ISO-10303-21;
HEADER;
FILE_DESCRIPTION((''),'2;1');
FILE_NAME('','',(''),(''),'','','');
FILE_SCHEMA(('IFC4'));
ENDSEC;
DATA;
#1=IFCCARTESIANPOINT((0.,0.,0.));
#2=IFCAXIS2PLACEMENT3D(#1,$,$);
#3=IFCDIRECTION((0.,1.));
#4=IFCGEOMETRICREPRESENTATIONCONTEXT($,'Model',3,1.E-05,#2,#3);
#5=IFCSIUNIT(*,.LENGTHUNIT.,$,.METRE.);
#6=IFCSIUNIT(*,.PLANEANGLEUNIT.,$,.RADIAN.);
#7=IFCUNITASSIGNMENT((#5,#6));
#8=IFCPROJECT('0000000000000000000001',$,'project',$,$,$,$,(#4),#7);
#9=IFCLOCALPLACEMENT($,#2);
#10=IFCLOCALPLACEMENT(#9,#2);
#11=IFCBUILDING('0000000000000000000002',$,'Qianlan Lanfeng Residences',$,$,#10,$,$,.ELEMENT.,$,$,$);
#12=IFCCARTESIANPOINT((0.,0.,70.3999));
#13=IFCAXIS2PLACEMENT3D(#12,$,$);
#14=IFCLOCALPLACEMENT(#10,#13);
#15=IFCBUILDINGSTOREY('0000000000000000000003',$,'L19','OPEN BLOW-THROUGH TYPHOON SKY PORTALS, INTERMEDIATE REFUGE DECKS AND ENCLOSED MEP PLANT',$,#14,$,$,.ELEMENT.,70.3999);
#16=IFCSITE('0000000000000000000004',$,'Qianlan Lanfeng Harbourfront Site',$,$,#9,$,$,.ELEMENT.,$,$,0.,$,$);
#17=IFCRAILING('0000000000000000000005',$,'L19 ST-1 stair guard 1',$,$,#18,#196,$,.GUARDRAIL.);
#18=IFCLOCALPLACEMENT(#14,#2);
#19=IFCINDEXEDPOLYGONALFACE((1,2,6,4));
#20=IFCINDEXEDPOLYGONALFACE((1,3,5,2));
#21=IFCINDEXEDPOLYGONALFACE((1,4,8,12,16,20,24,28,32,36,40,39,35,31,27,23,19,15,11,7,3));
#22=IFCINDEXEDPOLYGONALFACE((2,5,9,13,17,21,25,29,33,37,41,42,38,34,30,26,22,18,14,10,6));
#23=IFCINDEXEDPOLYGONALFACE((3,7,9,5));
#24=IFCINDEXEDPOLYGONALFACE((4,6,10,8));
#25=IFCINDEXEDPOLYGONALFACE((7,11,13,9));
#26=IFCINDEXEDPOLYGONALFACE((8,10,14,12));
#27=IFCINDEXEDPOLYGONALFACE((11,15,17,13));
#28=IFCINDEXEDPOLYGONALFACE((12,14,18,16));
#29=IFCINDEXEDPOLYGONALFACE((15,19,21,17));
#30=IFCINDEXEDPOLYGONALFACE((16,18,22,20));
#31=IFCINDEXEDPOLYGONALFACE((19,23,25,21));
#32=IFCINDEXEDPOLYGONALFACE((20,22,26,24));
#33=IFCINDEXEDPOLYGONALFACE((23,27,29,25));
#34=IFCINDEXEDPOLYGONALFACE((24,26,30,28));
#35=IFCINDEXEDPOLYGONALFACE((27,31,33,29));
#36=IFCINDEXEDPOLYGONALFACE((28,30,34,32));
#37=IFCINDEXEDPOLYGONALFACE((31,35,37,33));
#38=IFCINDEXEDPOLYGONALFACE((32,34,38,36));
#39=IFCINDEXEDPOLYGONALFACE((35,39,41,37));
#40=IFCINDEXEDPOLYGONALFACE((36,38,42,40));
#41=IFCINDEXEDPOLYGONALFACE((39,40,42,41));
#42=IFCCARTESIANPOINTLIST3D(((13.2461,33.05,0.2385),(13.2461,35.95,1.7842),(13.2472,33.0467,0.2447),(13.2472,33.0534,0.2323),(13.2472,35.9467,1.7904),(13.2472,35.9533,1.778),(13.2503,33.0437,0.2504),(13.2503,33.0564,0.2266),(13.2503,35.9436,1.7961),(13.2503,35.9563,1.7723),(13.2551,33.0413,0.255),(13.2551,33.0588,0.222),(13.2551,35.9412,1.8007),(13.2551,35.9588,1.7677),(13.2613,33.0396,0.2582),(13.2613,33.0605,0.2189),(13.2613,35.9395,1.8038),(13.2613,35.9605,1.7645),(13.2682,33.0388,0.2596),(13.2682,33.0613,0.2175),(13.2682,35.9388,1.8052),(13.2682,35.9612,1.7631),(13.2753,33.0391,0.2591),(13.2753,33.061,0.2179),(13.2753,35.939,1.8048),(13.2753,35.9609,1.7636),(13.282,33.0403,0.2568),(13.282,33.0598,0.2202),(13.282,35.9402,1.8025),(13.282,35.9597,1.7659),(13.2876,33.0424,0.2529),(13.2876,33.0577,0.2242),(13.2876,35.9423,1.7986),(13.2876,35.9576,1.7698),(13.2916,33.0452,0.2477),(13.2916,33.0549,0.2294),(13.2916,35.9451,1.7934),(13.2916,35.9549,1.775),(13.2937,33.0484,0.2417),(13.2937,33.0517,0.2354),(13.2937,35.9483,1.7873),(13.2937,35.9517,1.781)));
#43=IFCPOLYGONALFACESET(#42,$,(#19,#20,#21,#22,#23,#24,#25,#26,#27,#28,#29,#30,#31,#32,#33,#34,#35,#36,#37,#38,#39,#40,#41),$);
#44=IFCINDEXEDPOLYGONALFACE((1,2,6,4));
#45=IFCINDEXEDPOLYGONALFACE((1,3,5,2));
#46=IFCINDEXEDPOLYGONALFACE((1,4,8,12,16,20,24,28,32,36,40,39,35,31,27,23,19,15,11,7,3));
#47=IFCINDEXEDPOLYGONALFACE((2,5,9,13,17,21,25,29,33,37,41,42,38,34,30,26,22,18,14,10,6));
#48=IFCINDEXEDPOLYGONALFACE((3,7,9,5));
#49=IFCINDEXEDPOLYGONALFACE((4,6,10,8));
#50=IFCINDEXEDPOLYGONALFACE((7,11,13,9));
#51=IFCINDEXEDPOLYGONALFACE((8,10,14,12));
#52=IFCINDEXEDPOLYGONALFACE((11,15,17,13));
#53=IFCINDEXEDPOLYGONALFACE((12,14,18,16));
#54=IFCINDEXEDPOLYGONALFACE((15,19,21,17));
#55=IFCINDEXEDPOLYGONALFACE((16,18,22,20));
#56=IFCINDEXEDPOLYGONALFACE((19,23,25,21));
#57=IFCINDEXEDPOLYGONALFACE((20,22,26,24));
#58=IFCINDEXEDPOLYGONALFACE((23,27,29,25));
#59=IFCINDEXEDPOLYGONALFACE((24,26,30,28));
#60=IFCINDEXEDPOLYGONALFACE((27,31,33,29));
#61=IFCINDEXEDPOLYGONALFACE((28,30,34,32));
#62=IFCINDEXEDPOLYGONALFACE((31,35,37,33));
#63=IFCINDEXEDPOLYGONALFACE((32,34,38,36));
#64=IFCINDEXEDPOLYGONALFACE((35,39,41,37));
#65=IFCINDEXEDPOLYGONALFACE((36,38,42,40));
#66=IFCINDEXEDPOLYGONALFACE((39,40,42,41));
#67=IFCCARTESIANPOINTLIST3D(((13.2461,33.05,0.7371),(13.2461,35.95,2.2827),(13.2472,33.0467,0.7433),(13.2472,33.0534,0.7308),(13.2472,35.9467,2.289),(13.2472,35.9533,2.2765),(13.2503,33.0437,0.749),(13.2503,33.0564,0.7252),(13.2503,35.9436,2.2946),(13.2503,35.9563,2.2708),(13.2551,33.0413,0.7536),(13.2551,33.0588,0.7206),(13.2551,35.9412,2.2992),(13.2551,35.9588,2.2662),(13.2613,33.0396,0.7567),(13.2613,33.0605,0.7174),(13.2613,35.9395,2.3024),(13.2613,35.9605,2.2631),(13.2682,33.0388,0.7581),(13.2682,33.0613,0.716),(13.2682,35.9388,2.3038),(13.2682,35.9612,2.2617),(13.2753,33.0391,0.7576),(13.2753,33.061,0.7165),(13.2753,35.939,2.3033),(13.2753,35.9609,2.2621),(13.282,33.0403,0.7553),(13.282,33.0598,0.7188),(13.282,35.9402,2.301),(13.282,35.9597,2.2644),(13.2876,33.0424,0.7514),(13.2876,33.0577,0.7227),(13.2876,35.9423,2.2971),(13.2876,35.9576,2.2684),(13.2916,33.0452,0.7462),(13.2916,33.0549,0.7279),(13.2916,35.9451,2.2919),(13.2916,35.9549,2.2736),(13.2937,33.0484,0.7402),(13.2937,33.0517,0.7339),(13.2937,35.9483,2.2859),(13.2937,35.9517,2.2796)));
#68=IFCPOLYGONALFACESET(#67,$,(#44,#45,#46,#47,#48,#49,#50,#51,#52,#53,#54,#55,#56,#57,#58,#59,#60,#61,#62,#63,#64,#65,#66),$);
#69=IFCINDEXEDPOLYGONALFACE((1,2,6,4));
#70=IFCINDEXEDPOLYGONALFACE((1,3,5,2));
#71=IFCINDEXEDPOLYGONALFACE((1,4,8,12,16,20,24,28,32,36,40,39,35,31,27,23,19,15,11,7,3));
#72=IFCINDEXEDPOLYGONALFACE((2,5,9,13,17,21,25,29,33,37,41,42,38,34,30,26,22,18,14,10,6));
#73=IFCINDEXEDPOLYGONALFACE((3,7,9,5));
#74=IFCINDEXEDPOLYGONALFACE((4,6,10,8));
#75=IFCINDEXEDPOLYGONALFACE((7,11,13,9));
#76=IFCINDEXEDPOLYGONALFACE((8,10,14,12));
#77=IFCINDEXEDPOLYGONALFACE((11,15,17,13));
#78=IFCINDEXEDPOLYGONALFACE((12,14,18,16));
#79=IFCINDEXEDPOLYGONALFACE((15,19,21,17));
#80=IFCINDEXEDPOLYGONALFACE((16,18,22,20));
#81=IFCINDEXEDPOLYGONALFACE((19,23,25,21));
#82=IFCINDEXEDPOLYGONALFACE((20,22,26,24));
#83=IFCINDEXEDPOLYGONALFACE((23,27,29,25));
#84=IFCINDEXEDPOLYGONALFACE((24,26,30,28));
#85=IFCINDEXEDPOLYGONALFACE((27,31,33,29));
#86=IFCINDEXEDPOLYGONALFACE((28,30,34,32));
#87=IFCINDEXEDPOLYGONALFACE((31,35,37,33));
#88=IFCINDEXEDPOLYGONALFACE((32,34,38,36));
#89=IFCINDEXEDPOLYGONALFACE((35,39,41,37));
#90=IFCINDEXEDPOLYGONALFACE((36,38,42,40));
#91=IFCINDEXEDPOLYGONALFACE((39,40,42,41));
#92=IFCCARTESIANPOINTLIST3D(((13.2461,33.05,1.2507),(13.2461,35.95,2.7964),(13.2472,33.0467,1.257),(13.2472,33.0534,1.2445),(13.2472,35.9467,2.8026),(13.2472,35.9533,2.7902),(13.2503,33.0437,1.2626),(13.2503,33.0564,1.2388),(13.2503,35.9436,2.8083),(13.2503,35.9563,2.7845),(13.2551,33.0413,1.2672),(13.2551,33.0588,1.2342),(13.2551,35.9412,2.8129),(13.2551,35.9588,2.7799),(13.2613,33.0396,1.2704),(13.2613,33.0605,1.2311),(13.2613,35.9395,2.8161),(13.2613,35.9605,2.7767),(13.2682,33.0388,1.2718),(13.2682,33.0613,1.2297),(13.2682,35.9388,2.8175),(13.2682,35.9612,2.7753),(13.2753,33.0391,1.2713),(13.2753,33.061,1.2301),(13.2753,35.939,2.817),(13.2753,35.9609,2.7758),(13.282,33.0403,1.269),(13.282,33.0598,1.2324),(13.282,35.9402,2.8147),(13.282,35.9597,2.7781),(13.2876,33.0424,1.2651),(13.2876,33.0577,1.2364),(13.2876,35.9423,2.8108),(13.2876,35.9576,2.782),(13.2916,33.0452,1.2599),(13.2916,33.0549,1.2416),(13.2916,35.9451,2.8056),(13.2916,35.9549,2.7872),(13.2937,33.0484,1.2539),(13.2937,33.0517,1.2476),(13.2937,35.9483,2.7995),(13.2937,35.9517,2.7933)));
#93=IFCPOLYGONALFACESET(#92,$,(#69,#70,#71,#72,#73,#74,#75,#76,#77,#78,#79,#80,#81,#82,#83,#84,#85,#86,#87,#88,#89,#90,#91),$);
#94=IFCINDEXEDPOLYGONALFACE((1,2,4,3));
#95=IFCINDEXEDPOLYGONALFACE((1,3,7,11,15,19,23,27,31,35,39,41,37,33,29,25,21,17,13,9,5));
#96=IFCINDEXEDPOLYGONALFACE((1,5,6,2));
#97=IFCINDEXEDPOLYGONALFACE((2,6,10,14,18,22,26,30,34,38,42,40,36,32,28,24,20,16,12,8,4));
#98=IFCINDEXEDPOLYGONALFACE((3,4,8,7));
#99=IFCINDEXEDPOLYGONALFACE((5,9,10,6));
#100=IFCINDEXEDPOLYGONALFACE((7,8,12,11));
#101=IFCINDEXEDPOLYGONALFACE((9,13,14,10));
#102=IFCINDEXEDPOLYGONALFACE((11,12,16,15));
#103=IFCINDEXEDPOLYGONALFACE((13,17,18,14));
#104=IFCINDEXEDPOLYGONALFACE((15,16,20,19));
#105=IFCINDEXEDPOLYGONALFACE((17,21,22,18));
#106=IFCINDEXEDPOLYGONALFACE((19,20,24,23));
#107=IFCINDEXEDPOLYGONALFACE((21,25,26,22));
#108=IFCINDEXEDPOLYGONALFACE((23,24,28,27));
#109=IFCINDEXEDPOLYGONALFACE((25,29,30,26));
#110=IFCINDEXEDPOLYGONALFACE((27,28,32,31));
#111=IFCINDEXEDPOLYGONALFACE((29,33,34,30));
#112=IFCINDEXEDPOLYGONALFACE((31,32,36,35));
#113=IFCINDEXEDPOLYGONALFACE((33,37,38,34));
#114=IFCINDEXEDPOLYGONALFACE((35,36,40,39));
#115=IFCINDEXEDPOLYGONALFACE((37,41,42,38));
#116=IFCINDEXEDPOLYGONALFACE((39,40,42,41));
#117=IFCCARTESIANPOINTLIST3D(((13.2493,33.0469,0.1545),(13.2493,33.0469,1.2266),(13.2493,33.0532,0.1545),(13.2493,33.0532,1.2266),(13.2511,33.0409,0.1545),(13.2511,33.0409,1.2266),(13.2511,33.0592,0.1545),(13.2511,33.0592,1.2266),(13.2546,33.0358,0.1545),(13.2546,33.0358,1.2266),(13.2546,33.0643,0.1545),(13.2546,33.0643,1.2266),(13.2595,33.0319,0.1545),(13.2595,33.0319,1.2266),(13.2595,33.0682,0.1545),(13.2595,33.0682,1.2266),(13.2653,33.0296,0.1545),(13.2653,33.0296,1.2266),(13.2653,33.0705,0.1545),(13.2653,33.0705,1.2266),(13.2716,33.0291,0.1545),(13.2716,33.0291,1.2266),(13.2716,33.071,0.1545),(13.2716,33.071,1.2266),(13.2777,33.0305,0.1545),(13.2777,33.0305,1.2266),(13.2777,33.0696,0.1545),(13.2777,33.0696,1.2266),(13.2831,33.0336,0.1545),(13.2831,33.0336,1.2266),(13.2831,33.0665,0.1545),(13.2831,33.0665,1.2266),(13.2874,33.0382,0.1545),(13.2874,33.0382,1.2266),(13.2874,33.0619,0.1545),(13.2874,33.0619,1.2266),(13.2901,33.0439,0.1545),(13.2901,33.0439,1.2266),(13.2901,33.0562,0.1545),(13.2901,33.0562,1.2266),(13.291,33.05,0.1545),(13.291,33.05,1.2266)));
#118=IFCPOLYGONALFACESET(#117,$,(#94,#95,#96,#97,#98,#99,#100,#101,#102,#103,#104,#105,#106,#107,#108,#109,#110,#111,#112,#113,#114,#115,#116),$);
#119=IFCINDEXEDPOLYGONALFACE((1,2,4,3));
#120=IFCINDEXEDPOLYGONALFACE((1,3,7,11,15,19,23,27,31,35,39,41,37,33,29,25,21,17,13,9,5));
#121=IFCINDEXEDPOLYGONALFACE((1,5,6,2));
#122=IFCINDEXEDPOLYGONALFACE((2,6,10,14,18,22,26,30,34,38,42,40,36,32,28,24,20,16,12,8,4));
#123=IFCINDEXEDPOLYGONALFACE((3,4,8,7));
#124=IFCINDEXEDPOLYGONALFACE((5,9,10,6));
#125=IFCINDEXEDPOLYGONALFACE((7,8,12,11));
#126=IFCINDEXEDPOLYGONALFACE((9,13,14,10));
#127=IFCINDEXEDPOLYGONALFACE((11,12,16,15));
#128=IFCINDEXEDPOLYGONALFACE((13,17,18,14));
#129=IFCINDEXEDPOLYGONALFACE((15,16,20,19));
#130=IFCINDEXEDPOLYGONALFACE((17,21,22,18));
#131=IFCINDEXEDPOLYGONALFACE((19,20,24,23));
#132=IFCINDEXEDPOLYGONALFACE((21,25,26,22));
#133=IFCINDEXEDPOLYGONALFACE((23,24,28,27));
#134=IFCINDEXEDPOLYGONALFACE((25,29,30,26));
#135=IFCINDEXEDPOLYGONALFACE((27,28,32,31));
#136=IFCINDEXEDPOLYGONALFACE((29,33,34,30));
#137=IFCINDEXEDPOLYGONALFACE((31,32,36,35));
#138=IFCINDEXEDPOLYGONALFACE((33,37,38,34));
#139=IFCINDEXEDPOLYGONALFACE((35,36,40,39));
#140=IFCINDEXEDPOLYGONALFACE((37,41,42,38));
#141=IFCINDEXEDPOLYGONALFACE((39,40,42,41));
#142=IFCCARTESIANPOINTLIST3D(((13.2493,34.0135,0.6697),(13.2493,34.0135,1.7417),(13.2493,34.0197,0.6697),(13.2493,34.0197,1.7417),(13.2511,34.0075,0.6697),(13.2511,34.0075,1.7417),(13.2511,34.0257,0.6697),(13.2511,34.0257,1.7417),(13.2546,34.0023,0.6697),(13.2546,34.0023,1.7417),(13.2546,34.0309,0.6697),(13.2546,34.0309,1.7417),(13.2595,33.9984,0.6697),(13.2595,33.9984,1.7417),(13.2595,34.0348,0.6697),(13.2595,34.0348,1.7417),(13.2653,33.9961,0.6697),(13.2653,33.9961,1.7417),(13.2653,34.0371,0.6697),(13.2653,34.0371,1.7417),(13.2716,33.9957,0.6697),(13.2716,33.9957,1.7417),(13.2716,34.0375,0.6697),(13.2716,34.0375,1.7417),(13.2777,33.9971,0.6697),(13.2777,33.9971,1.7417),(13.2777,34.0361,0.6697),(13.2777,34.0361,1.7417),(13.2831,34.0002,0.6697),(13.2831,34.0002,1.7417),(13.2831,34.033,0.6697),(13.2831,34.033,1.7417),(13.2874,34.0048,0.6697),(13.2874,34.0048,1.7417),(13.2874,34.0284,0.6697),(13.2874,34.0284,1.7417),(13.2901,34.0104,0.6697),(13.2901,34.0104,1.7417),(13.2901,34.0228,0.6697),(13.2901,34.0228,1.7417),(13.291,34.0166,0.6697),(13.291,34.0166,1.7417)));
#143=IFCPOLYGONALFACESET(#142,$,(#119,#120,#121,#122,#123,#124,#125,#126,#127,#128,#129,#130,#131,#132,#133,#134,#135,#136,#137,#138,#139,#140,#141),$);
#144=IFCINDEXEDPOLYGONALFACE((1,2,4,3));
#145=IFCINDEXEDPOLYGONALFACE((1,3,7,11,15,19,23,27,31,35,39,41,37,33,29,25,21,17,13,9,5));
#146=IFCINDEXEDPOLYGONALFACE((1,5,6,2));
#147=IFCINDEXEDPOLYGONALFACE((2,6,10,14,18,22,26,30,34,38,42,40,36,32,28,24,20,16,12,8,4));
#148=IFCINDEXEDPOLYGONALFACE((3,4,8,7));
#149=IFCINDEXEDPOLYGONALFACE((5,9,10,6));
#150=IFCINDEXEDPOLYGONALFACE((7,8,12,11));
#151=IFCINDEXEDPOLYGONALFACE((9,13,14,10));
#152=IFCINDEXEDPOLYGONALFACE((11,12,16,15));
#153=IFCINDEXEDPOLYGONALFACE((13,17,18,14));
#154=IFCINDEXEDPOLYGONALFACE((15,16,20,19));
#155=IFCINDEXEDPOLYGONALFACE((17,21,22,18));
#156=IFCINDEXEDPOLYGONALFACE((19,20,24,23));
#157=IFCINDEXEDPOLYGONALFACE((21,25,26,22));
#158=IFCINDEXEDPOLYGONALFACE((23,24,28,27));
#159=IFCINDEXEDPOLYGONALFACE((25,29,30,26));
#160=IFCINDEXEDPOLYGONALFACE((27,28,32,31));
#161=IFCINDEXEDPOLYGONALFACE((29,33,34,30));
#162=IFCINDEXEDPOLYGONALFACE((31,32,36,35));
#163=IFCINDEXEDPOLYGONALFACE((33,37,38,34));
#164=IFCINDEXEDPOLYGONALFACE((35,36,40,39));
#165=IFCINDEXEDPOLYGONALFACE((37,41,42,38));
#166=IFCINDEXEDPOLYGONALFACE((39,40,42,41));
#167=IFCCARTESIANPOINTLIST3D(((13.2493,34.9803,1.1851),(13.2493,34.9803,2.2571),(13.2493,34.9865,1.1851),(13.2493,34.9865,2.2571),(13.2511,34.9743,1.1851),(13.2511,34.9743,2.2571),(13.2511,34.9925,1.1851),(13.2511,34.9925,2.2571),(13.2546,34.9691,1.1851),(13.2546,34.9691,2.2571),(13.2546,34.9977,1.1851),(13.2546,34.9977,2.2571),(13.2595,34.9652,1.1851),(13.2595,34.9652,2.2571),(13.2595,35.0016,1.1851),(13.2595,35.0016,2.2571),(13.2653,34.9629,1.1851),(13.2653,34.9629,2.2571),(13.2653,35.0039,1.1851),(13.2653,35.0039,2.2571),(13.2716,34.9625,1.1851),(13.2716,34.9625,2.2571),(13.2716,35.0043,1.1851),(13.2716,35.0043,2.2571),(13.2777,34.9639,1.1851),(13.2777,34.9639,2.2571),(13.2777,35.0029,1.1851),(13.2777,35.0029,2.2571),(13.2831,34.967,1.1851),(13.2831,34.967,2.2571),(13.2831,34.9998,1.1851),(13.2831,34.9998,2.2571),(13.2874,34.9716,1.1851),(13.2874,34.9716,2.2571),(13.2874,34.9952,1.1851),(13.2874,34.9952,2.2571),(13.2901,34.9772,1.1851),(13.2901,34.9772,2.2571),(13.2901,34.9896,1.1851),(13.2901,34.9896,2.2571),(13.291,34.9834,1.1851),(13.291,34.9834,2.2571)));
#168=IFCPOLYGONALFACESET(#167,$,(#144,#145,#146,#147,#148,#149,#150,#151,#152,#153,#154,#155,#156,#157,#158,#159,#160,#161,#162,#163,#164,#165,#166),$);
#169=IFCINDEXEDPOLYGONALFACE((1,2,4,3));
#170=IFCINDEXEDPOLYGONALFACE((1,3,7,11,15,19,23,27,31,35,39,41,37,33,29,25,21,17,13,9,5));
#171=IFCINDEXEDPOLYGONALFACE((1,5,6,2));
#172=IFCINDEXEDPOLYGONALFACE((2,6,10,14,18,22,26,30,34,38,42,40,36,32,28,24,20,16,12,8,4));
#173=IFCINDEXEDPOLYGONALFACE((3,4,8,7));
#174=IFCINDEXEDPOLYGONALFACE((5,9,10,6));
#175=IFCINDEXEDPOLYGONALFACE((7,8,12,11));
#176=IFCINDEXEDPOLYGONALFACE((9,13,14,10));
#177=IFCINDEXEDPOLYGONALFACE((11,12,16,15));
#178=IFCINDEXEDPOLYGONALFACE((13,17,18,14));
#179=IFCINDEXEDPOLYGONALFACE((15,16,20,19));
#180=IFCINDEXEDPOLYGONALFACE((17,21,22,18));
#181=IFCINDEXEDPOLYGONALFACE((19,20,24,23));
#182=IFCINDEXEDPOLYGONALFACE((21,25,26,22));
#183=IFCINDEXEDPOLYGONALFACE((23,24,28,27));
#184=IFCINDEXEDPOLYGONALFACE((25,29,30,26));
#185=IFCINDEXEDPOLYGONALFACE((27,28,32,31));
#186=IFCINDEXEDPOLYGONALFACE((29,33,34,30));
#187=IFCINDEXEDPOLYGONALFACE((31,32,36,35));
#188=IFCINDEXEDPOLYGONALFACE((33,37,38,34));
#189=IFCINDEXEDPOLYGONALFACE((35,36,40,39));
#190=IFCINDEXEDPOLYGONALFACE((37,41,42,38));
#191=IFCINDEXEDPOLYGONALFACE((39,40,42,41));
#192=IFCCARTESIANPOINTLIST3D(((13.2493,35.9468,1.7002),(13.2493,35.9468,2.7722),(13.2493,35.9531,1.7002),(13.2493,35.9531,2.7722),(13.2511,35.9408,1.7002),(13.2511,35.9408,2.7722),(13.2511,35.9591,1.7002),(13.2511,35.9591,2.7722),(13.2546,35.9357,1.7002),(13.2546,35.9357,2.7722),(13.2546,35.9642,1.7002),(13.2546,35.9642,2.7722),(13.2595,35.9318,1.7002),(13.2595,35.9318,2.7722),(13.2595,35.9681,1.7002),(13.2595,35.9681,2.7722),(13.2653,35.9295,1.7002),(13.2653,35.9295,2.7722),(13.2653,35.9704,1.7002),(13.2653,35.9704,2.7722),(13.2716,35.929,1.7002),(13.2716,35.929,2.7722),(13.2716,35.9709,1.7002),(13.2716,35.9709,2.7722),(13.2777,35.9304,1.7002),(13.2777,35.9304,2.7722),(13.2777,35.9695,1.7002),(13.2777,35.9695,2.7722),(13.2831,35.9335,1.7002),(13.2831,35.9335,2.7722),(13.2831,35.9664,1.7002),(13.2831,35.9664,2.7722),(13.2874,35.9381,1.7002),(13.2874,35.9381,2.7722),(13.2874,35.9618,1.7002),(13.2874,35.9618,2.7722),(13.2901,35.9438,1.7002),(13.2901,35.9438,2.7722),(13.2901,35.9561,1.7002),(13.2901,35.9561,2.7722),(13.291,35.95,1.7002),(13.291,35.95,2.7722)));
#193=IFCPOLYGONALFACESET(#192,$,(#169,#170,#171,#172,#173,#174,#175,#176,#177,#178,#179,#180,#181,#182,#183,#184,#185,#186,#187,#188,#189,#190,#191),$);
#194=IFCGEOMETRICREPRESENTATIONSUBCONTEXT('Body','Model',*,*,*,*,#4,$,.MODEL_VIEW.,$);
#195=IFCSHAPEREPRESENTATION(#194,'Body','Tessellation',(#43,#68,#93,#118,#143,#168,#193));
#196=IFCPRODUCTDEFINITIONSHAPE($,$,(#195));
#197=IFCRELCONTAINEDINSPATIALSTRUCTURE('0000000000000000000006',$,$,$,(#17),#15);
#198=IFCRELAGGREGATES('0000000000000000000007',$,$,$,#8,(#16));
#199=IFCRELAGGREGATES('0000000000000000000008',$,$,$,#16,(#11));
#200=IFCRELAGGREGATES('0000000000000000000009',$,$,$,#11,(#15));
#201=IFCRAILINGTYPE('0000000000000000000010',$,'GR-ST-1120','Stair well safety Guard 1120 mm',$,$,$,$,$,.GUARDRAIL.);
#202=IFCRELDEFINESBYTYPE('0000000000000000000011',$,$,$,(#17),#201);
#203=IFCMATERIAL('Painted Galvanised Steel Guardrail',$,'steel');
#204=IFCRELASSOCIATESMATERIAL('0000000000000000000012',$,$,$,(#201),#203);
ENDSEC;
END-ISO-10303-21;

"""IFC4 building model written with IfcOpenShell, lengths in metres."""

from ifc_helpers import new_model, si_unit, direction, frame, origin, origin_2d, place, context, subcontext, project, spatial, circle, extrude, material, type_object, element, save


model = new_model("IFC4")

# Units and contexts
model_context = context("Model", 3, precision=1e-05, world=origin(), true_north=direction((0.0, 1.0)))
body_context = subcontext(model_context, "Body", "Model", "MODEL_VIEW")
ifc_project = project(units=[si_unit("LENGTHUNIT", "METRE"), si_unit("PLANEANGLEUNIT", "RADIAN")], contexts=[model_context])

# Site, building, storey
site_placement = place(None, origin())
site = spatial("IfcSite", under=ifc_project, at=site_placement, Name="Qianlan Lanfeng Harbourfront Site", CompositionType="ELEMENT", RefElevation=0.0)
building_placement = place(site_placement, origin())
building = spatial("IfcBuilding", under=site, at=building_placement, Name="Qianlan Lanfeng Residences", CompositionType="ELEMENT")
storey_placement = place(building_placement, frame((0.0, 0.0, 70.3999)))
storey = spatial("IfcBuildingStorey", under=building, at=storey_placement, Name="L19", Description="OPEN BLOW-THROUGH TYPHOON SKY PORTALS, INTERMEDIATE REFUGE DECKS AND ENCLOSED MEP PLANT", CompositionType="ELEMENT", Elevation=70.3999)

# Railing
ifc_material_1 = material(Name="Painted Galvanised Steel Guardrail", Category="steel")
railing_type_1 = type_object("IfcRailingType", Name="GR-ST-1120", Description="Stair well safety Guard 1120 mm", PredefinedType="GUARDRAIL", material=ifc_material_1)
railing_1_placement = place(storey_placement, frame((13.27, 33.05, 0.1545)))
element("IfcRailing", 1, at=railing_1_placement, inside=storey, type_object=railing_type_1, Name="L19 ST-1 stair guard 1", PredefinedType="GUARDRAIL", context=body_context, shape_type="SweptSolid", body=[
    extrude(circle(Radius=0.0239, at=origin_2d()), frame((0.0, 0.0, 0.084), z_axis=(0.0, 0.882474, 0.470361), x_axis=(-1.0, 0.0, 0.0)), (0.0, 0.0, 1.0), 3.2861),
    extrude(circle(Radius=0.0239, at=origin_2d()), frame((0.0, 0.0, 0.5825), z_axis=(0.0, 0.882474, 0.470361), x_axis=(-1.0, 0.0, 0.0)), (0.0, 0.0, 1.0), 3.2861),
    extrude(circle(Radius=0.0239, at=origin_2d()), frame((0.0, 0.0, 1.0962), z_axis=(0.0, 0.882474, 0.470361), x_axis=(-1.0, 0.0, 0.0)), (0.0, 0.0, 1.0), 3.2861),
    extrude(circle(Radius=0.021, at=origin_2d()), origin(), (0.0, 0.0, 1.0), 1.072),
    extrude(circle(Radius=0.021, at=origin_2d()), frame((0.0, 0.9666, 0.5151)), (0.0, 0.0, 1.0), 1.072),
    extrude(circle(Radius=0.021, at=origin_2d()), frame((0.0, 1.9333, 1.0305)), (0.0, 0.0, 1.0), 1.072),
    extrude(circle(Radius=0.021, at=origin_2d()), frame((0.0, 2.8999, 1.5457)), (0.0, 0.0, 1.0), 1.072),
])

save(model, "model.ifc")
